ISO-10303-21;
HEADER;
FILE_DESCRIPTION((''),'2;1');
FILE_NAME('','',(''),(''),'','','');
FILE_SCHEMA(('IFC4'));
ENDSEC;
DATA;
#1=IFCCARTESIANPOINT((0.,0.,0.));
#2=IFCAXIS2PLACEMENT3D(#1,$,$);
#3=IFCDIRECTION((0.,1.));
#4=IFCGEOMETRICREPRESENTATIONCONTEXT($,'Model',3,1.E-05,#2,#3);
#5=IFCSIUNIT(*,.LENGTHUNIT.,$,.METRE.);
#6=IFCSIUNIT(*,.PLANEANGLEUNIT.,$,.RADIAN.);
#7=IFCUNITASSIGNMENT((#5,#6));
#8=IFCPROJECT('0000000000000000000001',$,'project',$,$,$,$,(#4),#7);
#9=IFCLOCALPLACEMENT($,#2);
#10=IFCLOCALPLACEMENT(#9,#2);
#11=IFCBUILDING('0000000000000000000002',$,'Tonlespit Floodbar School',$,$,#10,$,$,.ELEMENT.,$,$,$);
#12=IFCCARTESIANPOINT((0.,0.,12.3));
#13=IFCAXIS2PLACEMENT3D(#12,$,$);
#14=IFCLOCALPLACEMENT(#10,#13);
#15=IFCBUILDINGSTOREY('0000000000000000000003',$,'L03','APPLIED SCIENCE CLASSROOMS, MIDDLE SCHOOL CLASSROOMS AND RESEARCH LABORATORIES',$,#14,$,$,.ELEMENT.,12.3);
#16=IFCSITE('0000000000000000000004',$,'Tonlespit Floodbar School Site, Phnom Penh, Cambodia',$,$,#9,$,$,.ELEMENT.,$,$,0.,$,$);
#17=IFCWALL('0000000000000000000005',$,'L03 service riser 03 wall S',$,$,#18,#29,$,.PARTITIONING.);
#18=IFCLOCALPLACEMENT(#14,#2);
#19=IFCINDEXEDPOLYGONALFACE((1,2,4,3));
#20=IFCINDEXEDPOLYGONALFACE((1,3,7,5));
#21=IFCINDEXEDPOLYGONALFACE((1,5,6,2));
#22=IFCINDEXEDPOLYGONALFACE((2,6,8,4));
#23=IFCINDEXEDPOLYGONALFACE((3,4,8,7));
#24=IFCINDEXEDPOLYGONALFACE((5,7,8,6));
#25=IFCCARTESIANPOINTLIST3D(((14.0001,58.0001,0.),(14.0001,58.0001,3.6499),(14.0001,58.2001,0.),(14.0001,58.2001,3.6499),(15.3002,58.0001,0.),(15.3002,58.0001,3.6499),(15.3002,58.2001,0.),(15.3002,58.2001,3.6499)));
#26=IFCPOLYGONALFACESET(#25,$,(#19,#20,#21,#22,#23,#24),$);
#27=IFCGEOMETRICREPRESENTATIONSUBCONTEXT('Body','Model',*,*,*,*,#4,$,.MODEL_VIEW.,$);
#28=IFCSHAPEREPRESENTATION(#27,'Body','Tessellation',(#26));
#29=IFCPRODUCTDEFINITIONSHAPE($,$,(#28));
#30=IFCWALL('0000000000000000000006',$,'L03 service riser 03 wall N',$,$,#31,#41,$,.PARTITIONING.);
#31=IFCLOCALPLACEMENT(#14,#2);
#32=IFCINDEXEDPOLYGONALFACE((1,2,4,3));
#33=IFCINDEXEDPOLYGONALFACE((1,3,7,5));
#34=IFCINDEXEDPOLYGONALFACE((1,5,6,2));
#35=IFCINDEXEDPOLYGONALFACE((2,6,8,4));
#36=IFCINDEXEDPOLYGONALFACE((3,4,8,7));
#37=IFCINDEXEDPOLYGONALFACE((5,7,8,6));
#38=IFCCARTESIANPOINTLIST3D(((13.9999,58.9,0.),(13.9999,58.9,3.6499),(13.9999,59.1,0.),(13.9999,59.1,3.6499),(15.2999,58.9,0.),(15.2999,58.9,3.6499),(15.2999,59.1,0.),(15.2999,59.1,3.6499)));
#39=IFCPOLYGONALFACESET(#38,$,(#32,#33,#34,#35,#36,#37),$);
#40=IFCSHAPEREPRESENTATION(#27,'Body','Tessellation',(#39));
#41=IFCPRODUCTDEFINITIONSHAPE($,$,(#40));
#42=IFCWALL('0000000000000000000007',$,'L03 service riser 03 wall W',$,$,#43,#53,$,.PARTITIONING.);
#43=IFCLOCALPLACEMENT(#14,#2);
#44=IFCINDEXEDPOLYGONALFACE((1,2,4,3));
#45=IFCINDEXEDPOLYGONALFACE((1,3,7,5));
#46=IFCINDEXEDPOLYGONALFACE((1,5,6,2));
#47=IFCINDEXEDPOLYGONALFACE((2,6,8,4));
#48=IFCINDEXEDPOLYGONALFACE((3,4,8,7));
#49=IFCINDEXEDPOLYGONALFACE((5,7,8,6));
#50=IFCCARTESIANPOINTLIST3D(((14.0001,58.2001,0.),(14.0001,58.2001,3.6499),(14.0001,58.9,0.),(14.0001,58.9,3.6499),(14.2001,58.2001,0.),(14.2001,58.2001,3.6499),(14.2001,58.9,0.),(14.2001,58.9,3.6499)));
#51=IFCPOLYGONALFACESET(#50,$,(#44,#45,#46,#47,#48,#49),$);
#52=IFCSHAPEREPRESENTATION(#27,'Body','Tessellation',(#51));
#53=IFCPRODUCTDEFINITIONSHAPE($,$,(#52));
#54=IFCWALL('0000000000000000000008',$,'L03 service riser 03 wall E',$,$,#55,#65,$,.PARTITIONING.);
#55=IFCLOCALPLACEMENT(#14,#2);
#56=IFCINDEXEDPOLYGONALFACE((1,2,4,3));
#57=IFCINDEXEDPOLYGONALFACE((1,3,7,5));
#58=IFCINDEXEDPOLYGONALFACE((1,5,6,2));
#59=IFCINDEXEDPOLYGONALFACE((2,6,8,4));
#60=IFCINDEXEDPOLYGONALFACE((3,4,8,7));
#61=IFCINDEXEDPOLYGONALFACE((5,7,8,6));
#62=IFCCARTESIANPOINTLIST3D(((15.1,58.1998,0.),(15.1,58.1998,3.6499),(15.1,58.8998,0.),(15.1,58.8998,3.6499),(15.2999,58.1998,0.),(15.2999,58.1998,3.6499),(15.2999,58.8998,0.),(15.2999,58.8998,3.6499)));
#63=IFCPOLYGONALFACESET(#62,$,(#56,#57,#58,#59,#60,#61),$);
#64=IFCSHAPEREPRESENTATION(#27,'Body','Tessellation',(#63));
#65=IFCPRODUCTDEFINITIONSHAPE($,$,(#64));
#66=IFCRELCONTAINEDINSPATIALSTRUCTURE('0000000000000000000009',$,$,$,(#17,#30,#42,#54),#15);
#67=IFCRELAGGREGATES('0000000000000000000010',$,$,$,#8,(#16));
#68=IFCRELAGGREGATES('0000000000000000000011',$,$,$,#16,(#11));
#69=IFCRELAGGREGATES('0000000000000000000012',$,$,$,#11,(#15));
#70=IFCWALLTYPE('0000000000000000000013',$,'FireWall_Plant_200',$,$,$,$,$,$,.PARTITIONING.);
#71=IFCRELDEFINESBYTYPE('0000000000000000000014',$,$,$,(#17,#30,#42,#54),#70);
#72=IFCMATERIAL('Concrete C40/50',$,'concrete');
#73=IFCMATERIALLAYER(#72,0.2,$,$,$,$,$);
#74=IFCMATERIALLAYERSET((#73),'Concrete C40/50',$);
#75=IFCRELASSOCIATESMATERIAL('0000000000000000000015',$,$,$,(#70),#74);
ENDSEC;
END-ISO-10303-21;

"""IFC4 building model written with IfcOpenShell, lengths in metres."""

from ifc_helpers import new_model, si_unit, direction, frame, frame_2d, origin, place, context, subcontext, project, spatial, rectangle, extrude, material, layer, layer_set, type_object, element, save


model = new_model("IFC4")

# Units and contexts
model_context = context("Model", 3, precision=1e-05, world=origin(), true_north=direction((0.0, 1.0)))
body_context = subcontext(model_context, "Body", "Model", "MODEL_VIEW")
ifc_project = project(units=[si_unit("LENGTHUNIT", "METRE"), si_unit("PLANEANGLEUNIT", "RADIAN")], contexts=[model_context])

# Site, building, storey
site_placement = place(None, origin())
site = spatial("IfcSite", under=ifc_project, at=site_placement, Name="Tonlespit Floodbar School Site, Phnom Penh, Cambodia", CompositionType="ELEMENT", RefElevation=0.0)
building_placement = place(site_placement, origin())
building = spatial("IfcBuilding", under=site, at=building_placement, Name="Tonlespit Floodbar School", CompositionType="ELEMENT")
storey_placement = place(building_placement, frame((0.0, 0.0, 12.3)))
storey = spatial("IfcBuildingStorey", under=building, at=storey_placement, Name="L03", Description="APPLIED SCIENCE CLASSROOMS, MIDDLE SCHOOL CLASSROOMS AND RESEARCH LABORATORIES", CompositionType="ELEMENT", Elevation=12.3)

# Shared definitions
ifc_material_1 = material(Name="Concrete C40/50", Category="concrete")

# Walls
ifc_layer_1 = layer(ifc_material_1, 0.2)
ifc_layer_set_1 = layer_set([ifc_layer_1], Name="Concrete C40/50")
wall_type_1 = type_object("IfcWallType", Name="FireWall_Plant_200", PredefinedType="PARTITIONING", material=ifc_layer_set_1)
for number, where, z_axis, x_axis, name in (
    (1, (15.3, 58.1001, 0.0), (0.0, 0.0, 1.0), (-1.0, 0.0, 0.0), "L03 service riser 03 wall S"),
    (2, (14.0, 59.0, 0.0), (0.0, 0.0, 1.0), (1.0, 0.0, 0.0), "L03 service riser 03 wall N"),
):
    element("IfcWall", number, at=place(storey_placement, frame(where, z_axis=z_axis, x_axis=x_axis)), inside=storey, type_object=wall_type_1, Name=name, PredefinedType="PARTITIONING", context=body_context, shape_type="SweptSolid", body=[
        extrude(rectangle(XDim=1.3, YDim=0.2, at=frame_2d((0.6499, 0.0))), origin(), (0.0, 0.0, 1.0), 3.6499),
    ])
for number, where, z_axis, x_axis, name in (
    (3, (14.1001, 58.2, 0.0), (0.0, 0.0, 1.0), (0.0, 1.0, 0.0), "L03 service riser 03 wall W"),
    (4, (15.2, 58.8999, 0.0), (0.0, 0.0, 1.0), (0.0, -1.0, 0.0), "L03 service riser 03 wall E"),
):
    element("IfcWall", number, at=place(storey_placement, frame(where, z_axis=z_axis, x_axis=x_axis)), inside=storey, type_object=wall_type_1, Name=name, PredefinedType="PARTITIONING", context=body_context, shape_type="SweptSolid", body=[
        extrude(rectangle(XDim=0.7, YDim=0.2, at=frame_2d((0.3501, 0.0))), origin(), (0.0, 0.0, 1.0), 3.6499),
    ])

save(model, "model.ifc")
